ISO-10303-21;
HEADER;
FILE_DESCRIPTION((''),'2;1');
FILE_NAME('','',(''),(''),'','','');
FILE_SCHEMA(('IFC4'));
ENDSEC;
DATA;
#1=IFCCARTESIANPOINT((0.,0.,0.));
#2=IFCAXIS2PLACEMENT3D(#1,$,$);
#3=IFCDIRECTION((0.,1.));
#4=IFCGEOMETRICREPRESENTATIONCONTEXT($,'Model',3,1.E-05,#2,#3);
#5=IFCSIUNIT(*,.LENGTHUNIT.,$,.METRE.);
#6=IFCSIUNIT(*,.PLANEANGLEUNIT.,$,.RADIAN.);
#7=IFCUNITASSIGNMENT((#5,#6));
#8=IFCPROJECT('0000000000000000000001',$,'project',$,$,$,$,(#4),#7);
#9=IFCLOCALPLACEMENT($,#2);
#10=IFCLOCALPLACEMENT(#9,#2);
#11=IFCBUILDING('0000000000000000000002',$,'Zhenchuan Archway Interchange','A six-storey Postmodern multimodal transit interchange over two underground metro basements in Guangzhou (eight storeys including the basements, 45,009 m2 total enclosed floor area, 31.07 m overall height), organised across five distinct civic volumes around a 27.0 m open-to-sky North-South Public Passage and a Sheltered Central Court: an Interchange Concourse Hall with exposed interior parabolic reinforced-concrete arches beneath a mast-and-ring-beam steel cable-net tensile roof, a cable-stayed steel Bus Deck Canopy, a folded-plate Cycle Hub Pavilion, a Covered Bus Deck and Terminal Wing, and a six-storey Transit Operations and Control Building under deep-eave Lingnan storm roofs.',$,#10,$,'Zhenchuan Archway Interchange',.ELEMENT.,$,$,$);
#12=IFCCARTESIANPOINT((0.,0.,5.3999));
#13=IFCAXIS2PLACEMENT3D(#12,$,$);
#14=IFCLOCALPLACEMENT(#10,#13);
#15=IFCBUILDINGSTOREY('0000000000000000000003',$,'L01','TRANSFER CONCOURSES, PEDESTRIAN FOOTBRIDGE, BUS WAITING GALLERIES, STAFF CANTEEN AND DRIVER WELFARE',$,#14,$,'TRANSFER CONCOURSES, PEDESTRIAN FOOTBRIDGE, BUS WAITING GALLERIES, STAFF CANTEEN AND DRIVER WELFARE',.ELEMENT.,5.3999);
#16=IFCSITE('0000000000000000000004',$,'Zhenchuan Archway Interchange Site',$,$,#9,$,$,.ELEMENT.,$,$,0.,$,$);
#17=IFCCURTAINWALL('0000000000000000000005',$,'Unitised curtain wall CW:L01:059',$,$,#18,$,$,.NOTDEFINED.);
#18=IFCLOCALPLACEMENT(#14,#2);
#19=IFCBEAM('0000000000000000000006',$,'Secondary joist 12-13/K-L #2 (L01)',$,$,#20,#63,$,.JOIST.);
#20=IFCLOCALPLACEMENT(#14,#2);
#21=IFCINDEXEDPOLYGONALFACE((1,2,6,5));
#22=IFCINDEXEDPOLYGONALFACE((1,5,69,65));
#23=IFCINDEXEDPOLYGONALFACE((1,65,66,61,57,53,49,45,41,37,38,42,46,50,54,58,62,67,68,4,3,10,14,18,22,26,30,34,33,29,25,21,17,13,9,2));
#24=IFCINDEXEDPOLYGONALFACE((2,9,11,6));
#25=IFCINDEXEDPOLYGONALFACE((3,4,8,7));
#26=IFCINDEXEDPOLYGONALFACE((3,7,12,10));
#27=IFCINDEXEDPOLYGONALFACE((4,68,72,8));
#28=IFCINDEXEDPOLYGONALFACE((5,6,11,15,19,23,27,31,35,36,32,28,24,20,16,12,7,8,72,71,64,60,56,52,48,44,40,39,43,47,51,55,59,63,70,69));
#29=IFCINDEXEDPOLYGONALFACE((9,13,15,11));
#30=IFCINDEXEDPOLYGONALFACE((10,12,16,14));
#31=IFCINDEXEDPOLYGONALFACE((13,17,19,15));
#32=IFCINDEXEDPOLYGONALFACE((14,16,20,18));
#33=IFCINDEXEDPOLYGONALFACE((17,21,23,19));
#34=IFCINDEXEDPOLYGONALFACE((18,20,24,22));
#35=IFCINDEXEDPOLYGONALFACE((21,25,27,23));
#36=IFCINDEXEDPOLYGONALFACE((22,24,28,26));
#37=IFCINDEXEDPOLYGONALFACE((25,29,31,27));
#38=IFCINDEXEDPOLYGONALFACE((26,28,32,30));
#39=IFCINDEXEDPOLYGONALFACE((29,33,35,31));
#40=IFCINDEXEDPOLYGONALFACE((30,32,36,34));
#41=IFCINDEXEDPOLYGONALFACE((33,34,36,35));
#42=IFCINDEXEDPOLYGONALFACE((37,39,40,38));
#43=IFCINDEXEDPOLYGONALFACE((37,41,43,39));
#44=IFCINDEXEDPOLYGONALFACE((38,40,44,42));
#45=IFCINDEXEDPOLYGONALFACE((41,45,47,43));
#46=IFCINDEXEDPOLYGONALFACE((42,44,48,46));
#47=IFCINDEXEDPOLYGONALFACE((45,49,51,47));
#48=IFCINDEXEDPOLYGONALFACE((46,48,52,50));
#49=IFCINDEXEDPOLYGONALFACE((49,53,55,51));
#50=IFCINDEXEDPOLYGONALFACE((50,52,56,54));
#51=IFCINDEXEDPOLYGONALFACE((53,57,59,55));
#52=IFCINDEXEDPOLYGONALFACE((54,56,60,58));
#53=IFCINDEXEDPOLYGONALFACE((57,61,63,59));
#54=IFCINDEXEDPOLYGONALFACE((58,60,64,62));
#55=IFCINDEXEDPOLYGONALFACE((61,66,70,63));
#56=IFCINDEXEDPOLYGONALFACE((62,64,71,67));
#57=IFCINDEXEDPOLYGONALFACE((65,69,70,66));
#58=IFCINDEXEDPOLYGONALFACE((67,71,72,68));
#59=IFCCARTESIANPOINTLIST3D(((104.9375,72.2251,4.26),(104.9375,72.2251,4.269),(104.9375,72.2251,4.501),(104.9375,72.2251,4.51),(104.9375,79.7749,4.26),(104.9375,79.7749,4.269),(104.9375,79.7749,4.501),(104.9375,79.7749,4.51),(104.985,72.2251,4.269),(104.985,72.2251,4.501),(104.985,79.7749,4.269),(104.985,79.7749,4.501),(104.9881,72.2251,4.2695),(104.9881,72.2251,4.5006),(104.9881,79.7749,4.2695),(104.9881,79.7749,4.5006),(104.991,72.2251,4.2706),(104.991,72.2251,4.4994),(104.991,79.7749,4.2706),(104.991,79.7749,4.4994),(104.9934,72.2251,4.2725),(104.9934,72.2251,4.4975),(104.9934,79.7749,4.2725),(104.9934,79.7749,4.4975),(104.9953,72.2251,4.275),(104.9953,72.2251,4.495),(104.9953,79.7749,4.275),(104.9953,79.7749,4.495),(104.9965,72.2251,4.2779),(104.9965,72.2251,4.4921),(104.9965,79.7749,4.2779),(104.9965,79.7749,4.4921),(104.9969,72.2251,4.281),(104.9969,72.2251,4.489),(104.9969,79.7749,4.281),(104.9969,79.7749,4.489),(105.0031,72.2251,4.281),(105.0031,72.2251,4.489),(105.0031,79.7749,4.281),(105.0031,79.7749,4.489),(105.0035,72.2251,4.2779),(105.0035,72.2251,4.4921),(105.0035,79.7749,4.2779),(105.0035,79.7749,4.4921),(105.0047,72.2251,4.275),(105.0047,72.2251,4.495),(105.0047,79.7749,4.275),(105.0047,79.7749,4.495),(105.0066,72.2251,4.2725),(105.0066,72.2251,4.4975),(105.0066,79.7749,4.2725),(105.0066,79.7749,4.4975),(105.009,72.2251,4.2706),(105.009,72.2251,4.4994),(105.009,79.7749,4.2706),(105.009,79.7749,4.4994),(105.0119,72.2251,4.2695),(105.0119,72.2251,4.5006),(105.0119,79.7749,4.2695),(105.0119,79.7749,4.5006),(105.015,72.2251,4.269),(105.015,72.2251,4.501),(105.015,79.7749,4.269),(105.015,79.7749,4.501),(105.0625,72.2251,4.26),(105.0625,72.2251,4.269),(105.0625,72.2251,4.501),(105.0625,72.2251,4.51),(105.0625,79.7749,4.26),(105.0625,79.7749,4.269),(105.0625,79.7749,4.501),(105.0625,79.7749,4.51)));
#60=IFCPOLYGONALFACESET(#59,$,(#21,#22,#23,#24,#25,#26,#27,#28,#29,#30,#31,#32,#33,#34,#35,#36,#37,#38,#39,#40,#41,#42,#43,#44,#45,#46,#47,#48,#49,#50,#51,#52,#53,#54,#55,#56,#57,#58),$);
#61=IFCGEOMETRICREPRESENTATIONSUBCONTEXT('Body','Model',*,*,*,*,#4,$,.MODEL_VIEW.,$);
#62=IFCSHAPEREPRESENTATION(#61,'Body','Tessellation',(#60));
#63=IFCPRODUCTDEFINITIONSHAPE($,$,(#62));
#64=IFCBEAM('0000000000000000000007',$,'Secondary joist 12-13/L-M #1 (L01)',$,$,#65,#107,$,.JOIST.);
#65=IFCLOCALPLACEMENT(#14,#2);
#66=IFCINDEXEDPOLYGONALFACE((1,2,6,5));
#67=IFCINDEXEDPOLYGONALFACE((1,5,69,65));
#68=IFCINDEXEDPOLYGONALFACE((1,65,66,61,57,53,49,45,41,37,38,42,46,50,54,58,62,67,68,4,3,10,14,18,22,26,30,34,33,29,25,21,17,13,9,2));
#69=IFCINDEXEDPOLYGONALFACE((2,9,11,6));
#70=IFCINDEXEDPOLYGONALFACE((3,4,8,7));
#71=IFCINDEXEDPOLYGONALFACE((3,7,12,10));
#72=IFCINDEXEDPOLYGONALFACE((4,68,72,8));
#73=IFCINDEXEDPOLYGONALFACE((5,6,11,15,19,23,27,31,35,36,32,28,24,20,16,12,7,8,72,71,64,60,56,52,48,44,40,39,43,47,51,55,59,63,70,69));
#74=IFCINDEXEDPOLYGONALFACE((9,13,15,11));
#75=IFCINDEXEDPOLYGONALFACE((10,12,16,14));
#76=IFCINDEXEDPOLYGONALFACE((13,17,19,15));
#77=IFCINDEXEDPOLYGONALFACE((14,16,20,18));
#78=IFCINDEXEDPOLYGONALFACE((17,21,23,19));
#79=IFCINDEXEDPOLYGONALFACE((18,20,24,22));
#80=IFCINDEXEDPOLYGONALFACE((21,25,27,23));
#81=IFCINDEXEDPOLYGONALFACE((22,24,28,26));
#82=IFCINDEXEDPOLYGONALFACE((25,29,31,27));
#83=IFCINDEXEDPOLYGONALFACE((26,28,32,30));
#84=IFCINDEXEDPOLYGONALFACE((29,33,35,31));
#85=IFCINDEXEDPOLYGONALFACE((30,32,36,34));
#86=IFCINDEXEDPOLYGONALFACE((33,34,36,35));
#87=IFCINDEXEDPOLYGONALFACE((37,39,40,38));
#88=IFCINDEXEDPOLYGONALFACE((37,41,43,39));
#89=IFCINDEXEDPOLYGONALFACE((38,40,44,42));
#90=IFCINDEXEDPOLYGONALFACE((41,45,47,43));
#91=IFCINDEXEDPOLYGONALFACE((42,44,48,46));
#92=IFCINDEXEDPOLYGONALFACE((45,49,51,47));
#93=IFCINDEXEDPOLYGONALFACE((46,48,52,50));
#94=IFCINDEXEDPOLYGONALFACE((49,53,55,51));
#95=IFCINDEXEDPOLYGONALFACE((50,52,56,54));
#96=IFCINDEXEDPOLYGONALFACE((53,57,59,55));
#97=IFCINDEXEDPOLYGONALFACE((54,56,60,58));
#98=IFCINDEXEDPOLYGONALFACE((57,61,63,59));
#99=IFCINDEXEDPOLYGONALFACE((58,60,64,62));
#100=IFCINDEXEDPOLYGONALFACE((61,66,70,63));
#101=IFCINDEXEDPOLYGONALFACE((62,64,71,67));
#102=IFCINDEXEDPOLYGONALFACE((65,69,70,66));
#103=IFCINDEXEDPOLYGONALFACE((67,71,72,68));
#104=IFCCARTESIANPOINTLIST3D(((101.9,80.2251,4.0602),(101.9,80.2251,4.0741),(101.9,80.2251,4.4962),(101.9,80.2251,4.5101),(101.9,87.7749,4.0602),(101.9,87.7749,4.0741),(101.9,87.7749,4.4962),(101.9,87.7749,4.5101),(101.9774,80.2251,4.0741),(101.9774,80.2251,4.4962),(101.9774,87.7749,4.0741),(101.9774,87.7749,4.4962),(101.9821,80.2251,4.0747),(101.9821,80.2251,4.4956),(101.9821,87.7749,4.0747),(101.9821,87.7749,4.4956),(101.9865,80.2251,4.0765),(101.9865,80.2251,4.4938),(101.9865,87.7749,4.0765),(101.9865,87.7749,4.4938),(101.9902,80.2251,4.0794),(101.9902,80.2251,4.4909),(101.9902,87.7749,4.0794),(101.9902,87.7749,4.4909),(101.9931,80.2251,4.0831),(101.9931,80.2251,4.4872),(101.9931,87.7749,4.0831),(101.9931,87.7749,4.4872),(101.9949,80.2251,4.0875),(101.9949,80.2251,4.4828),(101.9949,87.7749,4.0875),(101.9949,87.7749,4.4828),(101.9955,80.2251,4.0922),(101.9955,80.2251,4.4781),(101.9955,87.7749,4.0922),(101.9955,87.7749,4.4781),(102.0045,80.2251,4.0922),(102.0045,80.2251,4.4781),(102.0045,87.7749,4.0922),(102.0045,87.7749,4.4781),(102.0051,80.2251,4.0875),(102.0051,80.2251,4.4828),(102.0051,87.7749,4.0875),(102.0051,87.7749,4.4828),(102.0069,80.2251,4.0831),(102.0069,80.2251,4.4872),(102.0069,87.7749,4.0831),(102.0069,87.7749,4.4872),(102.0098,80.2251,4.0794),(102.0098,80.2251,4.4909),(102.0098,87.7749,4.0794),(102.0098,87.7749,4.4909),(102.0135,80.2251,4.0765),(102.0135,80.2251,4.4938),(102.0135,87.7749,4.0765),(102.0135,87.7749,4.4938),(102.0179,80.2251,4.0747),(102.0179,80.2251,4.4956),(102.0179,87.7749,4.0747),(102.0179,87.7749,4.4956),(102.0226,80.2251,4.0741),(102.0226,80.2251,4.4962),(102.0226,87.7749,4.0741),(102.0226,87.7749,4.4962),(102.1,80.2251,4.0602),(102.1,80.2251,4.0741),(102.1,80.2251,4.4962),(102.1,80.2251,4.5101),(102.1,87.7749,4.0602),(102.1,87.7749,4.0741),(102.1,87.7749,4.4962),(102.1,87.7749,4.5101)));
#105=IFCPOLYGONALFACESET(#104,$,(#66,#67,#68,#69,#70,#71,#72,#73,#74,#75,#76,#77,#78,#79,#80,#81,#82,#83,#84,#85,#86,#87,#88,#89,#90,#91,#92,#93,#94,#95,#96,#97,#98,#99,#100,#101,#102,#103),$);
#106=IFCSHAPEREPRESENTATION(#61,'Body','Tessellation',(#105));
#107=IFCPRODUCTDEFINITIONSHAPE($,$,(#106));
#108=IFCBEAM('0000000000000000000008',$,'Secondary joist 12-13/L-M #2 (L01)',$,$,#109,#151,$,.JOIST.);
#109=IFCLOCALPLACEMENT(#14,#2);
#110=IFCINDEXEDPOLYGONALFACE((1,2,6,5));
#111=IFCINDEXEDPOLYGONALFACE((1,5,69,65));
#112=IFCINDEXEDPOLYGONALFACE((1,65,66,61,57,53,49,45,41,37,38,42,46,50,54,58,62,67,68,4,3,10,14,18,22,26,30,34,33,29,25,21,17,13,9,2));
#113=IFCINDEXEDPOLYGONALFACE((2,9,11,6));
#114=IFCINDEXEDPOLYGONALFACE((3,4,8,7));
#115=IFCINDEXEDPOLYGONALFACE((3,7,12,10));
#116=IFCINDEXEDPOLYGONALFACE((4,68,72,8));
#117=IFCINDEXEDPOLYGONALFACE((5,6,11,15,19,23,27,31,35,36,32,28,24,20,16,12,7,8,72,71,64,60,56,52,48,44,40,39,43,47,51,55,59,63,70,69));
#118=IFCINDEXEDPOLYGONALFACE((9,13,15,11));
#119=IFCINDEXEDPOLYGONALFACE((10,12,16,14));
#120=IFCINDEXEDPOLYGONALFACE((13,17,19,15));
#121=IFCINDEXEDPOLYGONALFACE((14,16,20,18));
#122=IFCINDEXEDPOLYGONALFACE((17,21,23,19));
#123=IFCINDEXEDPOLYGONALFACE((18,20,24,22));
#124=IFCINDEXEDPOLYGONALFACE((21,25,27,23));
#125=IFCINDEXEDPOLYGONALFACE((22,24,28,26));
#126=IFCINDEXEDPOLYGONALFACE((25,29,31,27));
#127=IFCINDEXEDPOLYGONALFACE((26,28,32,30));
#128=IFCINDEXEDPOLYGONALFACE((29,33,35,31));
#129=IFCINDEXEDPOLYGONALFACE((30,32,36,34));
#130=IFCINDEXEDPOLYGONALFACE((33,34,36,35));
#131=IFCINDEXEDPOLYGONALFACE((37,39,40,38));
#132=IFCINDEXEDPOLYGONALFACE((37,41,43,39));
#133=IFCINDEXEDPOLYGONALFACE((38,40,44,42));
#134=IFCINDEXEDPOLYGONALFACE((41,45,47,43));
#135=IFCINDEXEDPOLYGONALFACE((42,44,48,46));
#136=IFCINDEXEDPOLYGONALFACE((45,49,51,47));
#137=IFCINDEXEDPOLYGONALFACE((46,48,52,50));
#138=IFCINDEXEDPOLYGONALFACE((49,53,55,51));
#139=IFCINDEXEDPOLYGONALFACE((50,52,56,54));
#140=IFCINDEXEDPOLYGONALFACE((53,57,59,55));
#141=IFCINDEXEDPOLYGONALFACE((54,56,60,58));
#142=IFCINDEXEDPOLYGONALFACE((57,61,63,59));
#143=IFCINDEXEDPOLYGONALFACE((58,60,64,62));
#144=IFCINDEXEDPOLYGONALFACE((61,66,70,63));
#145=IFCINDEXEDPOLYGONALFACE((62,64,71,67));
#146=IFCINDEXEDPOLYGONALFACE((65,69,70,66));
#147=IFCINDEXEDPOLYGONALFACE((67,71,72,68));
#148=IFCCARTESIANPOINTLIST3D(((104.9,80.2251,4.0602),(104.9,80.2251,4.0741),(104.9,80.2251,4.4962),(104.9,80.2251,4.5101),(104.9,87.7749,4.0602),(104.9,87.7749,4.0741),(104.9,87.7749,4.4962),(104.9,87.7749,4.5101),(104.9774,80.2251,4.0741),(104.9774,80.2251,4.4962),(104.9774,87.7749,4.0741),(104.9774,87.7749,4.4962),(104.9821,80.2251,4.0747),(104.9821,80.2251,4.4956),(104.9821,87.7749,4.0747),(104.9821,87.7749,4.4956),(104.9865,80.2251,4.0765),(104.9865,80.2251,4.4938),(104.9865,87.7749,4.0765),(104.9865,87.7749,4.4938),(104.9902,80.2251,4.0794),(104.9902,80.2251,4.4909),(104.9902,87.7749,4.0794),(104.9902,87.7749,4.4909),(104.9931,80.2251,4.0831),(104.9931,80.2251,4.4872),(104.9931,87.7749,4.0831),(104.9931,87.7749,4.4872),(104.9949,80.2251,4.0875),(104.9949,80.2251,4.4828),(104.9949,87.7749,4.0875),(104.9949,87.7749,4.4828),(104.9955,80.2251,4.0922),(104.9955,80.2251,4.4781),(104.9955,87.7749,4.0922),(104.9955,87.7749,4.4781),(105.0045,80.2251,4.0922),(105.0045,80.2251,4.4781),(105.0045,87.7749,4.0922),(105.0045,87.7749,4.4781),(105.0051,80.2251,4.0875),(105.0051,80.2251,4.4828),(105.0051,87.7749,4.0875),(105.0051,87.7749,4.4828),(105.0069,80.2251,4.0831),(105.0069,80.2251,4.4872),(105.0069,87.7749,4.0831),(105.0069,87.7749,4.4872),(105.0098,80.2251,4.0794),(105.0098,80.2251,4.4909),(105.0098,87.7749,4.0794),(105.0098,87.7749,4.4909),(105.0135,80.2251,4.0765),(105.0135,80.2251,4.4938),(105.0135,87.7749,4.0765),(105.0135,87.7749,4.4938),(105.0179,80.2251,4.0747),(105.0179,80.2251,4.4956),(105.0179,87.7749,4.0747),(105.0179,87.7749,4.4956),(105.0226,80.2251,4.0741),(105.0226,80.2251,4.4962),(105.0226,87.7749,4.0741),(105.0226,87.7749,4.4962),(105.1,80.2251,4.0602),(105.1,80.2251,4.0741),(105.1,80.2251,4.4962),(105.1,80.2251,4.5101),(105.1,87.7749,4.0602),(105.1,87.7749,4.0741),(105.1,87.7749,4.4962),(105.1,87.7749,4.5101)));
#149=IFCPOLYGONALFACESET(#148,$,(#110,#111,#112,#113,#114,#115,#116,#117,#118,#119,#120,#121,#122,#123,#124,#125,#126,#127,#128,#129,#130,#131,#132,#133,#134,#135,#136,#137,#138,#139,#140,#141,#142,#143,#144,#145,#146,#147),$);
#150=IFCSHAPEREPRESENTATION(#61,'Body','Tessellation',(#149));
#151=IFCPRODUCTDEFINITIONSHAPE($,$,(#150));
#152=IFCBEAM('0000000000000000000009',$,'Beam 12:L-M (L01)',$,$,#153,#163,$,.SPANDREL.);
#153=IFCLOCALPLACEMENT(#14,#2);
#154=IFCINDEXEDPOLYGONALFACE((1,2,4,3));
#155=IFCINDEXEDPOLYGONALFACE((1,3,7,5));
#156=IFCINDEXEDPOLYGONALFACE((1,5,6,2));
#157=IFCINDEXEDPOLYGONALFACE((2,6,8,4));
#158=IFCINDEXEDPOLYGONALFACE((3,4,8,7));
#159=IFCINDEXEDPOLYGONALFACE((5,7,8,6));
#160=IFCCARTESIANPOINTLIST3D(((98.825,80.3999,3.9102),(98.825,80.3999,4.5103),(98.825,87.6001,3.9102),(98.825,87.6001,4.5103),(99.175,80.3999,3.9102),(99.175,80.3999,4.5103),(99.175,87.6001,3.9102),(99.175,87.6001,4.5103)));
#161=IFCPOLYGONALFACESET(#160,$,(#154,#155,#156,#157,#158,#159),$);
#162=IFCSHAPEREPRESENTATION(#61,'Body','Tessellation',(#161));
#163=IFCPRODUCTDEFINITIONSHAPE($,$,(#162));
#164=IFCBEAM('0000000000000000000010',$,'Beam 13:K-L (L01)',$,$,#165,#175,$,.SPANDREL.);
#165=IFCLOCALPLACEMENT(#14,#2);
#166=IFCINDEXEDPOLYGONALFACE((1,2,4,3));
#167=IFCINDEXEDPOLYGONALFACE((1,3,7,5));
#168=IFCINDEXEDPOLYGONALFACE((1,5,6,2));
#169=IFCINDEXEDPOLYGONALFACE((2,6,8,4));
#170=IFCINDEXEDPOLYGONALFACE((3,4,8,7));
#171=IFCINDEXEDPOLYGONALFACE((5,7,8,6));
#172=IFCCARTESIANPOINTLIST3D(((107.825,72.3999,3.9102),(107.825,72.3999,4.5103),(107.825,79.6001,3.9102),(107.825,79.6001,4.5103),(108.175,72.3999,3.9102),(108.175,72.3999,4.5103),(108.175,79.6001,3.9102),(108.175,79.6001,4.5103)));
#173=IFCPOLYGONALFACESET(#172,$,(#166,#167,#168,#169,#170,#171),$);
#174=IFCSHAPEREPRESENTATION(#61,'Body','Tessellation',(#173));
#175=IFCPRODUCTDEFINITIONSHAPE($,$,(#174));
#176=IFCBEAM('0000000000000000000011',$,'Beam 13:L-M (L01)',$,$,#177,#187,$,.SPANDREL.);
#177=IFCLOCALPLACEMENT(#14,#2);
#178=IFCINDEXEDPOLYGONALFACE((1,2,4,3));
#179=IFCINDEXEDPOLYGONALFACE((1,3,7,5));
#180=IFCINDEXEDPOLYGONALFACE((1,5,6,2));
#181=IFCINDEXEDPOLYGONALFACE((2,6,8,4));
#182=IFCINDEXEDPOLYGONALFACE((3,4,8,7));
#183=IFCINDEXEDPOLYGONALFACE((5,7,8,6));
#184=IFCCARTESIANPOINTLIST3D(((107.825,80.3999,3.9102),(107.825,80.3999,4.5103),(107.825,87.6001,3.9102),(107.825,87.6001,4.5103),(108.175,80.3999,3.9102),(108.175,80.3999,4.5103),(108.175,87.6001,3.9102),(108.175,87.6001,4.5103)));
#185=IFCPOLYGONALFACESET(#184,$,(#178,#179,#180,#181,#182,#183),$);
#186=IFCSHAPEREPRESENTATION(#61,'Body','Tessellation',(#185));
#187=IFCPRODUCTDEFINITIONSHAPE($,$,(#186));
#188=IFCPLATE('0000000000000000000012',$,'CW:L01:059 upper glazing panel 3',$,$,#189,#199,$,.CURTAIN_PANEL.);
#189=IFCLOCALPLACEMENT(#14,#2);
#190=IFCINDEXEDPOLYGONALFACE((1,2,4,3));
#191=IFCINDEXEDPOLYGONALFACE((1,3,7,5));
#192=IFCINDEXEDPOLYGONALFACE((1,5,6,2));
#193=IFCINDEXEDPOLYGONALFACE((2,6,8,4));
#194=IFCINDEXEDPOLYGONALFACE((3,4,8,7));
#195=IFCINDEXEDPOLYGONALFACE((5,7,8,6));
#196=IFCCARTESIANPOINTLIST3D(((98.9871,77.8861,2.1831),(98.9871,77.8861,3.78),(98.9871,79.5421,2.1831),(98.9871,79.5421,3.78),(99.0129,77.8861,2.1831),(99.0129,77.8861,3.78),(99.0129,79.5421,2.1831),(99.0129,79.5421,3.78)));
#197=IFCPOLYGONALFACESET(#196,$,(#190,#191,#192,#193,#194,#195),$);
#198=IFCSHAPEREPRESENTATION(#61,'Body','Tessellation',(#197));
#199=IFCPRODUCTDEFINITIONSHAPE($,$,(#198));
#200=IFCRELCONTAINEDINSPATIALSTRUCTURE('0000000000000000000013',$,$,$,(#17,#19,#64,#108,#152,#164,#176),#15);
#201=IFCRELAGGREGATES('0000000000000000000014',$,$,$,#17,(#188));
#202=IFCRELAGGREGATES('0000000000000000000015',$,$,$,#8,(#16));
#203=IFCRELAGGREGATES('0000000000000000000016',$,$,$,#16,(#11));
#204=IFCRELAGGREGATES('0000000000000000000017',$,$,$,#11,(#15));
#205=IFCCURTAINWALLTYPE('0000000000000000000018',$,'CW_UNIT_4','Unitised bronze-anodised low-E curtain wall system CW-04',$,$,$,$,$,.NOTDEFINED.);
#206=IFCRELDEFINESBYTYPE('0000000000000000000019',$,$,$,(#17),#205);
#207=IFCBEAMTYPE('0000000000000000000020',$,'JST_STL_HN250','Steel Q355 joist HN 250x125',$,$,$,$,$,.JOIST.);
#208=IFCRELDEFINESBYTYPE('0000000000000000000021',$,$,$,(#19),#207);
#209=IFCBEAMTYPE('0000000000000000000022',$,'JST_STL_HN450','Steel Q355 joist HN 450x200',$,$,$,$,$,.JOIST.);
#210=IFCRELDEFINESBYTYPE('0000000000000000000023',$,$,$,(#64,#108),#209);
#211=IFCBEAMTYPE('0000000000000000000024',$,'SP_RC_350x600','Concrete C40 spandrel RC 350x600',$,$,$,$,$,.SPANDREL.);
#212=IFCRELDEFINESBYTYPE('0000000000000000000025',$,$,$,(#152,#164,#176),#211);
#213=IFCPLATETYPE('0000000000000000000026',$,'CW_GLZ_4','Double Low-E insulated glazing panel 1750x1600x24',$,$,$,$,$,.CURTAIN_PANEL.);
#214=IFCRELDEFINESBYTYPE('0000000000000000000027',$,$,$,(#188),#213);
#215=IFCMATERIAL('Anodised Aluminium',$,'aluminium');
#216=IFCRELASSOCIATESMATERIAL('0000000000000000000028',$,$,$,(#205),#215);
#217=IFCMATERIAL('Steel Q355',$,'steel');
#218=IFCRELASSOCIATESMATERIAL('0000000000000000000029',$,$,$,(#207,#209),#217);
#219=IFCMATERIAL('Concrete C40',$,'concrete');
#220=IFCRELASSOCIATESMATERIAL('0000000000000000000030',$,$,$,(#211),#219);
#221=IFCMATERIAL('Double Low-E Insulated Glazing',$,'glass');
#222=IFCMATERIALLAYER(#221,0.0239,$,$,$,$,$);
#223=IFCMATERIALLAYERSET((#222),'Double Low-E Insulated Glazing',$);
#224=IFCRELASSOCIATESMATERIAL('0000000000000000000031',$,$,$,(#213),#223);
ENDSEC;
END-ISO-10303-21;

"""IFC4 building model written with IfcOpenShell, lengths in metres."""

from ifc_helpers import new_model, si_unit, direction, frame, origin, origin_2d, place, context, subcontext, project, spatial, rectangle, i_section, extrude, material, layer, layer_set, material_profile, profile_set, type_object, element, aggregate, save


model = new_model("IFC4")

# Units and contexts
model_context = context("Model", 3, precision=1e-05, world=origin(), true_north=direction((0.0, 1.0)))
body_context = subcontext(model_context, "Body", "Model", "MODEL_VIEW")
ifc_project = project(units=[si_unit("LENGTHUNIT", "METRE"), si_unit("PLANEANGLEUNIT", "RADIAN")], contexts=[model_context])

# Site, building, storey
site_placement = place(None, origin())
site = spatial("IfcSite", under=ifc_project, at=site_placement, Name="Zhenchuan Archway Interchange Site", CompositionType="ELEMENT", RefElevation=0.0)
building_placement = place(site_placement, origin())
building = spatial("IfcBuilding", under=site, at=building_placement, Name="Zhenchuan Archway Interchange", Description="A six-storey Postmodern multimodal transit interchange over two underground metro basements in Guangzhou (eight storeys including the basements, 45,009 m2 total enclosed floor area, 31.07 m overall height), organised across five distinct civic volumes around a 27.0 m open-to-sky North-South Public Passage and a Sheltered Central Court: an Interchange Concourse Hall with exposed interior parabolic reinforced-concrete arches beneath a mast-and-ring-beam steel cable-net tensile roof, a cable-stayed steel Bus Deck Canopy, a folded-plate Cycle Hub Pavilion, a Covered Bus Deck and Terminal Wing, and a six-storey Transit Operations and Control Building under deep-eave Lingnan storm roofs.", LongName="Zhenchuan Archway Interchange", CompositionType="ELEMENT")
storey_placement = place(building_placement, frame((0.0, 0.0, 5.3999)))
storey = spatial("IfcBuildingStorey", under=building, at=storey_placement, Name="L01", Description="TRANSFER CONCOURSES, PEDESTRIAN FOOTBRIDGE, BUS WAITING GALLERIES, STAFF CANTEEN AND DRIVER WELFARE", LongName="TRANSFER CONCOURSES, PEDESTRIAN FOOTBRIDGE, BUS WAITING GALLERIES, STAFF CANTEEN AND DRIVER WELFARE", CompositionType="ELEMENT", Elevation=5.3999)

# Shared definitions
ifc_material_1 = material(Name="Concrete C40", Category="concrete")

# Curtain wall
ifc_material_2 = material(Name="Anodised Aluminium", Category="aluminium")
curtain_wall_type_1 = type_object("IfcCurtainWallType", Name="CW_UNIT_4", Description="Unitised bronze-anodised low-E curtain wall system CW-04", PredefinedType="NOTDEFINED", material=ifc_material_2)
curtain_wall_1_placement = place(storey_placement, origin())
curtain_wall_1 = element("IfcCurtainWall", 1, at=curtain_wall_1_placement, inside=storey, type_object=curtain_wall_type_1, Name="Unitised curtain wall CW:L01:059", PredefinedType="NOTDEFINED")

# Beams
ifc_material_3 = material(Name="Steel Q355", Category="steel")
ifc_material_profile_1 = material_profile(ifc_material_3, i_section(OverallWidth=0.125, OverallDepth=0.25, WebThickness=0.0061, FlangeThickness=0.009, FilletRadius=0.012, at=origin_2d()), Name="HN 250x125")
ifc_profile_set_1 = profile_set([ifc_material_profile_1], Name="Steel Q355")
beam_type_1 = type_object("IfcBeamType", Name="JST_STL_HN250", Description="Steel Q355 joist HN 250x125", PredefinedType="JOIST", material=ifc_profile_set_1)
for number, where, z_axis, x_axis, name in (
    (2, (105.0, 72.2251, 4.385), (0.0, 1.0, 0.0), (-1.0, 0.0, 0.0), "Secondary joist 12-13/K-L #2 (L01)"),
):
    element("IfcBeam", number, at=place(storey_placement, frame(where, z_axis=z_axis, x_axis=x_axis)), inside=storey, type_object=beam_type_1, Name=name, PredefinedType="JOIST", context=body_context, shape_type="SweptSolid", body=[
        extrude(i_section(OverallWidth=0.125, OverallDepth=0.25, WebThickness=0.0061, FlangeThickness=0.009, FilletRadius=0.012, at=origin_2d()), origin(), (0.0, 0.0, 1.0), 7.5498),
    ])
ifc_material_profile_2 = material_profile(ifc_material_3, i_section(OverallWidth=0.2, OverallDepth=0.45, WebThickness=0.009, FlangeThickness=0.0139, FilletRadius=0.0181, at=origin_2d()), Name="HN 450x200")
ifc_profile_set_2 = profile_set([ifc_material_profile_2], Name="Steel Q355")
beam_type_2 = type_object("IfcBeamType", Name="JST_STL_HN450", Description="Steel Q355 joist HN 450x200", PredefinedType="JOIST", material=ifc_profile_set_2)
for number, where, z_axis, x_axis, name in (
    (3, (102.0, 80.2251, 4.2852), (0.0, 1.0, 0.0), (-1.0, 0.0, 0.0), "Secondary joist 12-13/L-M #1 (L01)"),
    (4, (105.0, 80.2251, 4.2852), (0.0, 1.0, 0.0), (-1.0, 0.0, 0.0), "Secondary joist 12-13/L-M #2 (L01)"),
):
    element("IfcBeam", number, at=place(storey_placement, frame(where, z_axis=z_axis, x_axis=x_axis)), inside=storey, type_object=beam_type_2, Name=name, PredefinedType="JOIST", context=body_context, shape_type="SweptSolid", body=[
        extrude(i_section(OverallWidth=0.2, OverallDepth=0.45, WebThickness=0.009, FlangeThickness=0.0139, FilletRadius=0.0181, at=origin_2d()), origin(), (0.0, 0.0, 1.0), 7.5498),
    ])
ifc_material_profile_3 = material_profile(ifc_material_1, rectangle(XDim=0.3501, YDim=0.6001, at=origin_2d()), Name="RC 350x600")
ifc_profile_set_3 = profile_set([ifc_material_profile_3], Name="Concrete C40")
beam_type_3 = type_object("IfcBeamType", Name="SP_RC_350x600", Description="Concrete C40 spandrel RC 350x600", PredefinedType="SPANDREL", material=ifc_profile_set_3)
for number, where, z_axis, x_axis, name in (
    (5, (99.0, 80.3999, 4.2102), (0.0, 1.0, 0.0), (-1.0, 0.0, 0.0), "Beam 12:L-M (L01)"),
    (6, (108.0, 72.3999, 4.2102), (0.0, 1.0, 0.0), (-1.0, 0.0, 0.0), "Beam 13:K-L (L01)"),
    (7, (108.0, 80.3999, 4.2102), (0.0, 1.0, 0.0), (-1.0, 0.0, 0.0), "Beam 13:L-M (L01)"),
):
    element("IfcBeam", number, at=place(storey_placement, frame(where, z_axis=z_axis, x_axis=x_axis)), inside=storey, type_object=beam_type_3, Name=name, PredefinedType="SPANDREL", context=body_context, shape_type="SweptSolid", body=[
        extrude(rectangle(XDim=0.3501, YDim=0.6001, at=origin_2d()), origin(), (0.0, 0.0, 1.0), 7.2002),
    ])

# Plate
ifc_material_4 = material(Name="Double Low-E Insulated Glazing", Category="glass")
ifc_layer_1 = layer(ifc_material_4, 0.0239)
ifc_layer_set_1 = layer_set([ifc_layer_1], Name="Double Low-E Insulated Glazing")
plate_type = type_object("IfcPlateType", Name="CW_GLZ_4", Description="Double Low-E insulated glazing panel 1750x1600x24", PredefinedType="CURTAIN_PANEL", material=ifc_layer_set_1)
plate_placement = place(storey_placement, frame((99.0, 78.7141, 2.1831), z_axis=(0.0, 0.0, 1.0), x_axis=(0.0, 1.0, 0.0)))
plate = element("IfcPlate", 8, at=plate_placement, type_object=plate_type, Name="CW:L01:059 upper glazing panel 3", PredefinedType="CURTAIN_PANEL", context=body_context, shape_type="SweptSolid", body=[
    extrude(rectangle(XDim=1.656, YDim=0.0259, at=origin_2d()), origin(), (0.0, 0.0, 1.0), 1.5969),
])
aggregate(curtain_wall_1, [plate])

save(model, "model.ifc")
